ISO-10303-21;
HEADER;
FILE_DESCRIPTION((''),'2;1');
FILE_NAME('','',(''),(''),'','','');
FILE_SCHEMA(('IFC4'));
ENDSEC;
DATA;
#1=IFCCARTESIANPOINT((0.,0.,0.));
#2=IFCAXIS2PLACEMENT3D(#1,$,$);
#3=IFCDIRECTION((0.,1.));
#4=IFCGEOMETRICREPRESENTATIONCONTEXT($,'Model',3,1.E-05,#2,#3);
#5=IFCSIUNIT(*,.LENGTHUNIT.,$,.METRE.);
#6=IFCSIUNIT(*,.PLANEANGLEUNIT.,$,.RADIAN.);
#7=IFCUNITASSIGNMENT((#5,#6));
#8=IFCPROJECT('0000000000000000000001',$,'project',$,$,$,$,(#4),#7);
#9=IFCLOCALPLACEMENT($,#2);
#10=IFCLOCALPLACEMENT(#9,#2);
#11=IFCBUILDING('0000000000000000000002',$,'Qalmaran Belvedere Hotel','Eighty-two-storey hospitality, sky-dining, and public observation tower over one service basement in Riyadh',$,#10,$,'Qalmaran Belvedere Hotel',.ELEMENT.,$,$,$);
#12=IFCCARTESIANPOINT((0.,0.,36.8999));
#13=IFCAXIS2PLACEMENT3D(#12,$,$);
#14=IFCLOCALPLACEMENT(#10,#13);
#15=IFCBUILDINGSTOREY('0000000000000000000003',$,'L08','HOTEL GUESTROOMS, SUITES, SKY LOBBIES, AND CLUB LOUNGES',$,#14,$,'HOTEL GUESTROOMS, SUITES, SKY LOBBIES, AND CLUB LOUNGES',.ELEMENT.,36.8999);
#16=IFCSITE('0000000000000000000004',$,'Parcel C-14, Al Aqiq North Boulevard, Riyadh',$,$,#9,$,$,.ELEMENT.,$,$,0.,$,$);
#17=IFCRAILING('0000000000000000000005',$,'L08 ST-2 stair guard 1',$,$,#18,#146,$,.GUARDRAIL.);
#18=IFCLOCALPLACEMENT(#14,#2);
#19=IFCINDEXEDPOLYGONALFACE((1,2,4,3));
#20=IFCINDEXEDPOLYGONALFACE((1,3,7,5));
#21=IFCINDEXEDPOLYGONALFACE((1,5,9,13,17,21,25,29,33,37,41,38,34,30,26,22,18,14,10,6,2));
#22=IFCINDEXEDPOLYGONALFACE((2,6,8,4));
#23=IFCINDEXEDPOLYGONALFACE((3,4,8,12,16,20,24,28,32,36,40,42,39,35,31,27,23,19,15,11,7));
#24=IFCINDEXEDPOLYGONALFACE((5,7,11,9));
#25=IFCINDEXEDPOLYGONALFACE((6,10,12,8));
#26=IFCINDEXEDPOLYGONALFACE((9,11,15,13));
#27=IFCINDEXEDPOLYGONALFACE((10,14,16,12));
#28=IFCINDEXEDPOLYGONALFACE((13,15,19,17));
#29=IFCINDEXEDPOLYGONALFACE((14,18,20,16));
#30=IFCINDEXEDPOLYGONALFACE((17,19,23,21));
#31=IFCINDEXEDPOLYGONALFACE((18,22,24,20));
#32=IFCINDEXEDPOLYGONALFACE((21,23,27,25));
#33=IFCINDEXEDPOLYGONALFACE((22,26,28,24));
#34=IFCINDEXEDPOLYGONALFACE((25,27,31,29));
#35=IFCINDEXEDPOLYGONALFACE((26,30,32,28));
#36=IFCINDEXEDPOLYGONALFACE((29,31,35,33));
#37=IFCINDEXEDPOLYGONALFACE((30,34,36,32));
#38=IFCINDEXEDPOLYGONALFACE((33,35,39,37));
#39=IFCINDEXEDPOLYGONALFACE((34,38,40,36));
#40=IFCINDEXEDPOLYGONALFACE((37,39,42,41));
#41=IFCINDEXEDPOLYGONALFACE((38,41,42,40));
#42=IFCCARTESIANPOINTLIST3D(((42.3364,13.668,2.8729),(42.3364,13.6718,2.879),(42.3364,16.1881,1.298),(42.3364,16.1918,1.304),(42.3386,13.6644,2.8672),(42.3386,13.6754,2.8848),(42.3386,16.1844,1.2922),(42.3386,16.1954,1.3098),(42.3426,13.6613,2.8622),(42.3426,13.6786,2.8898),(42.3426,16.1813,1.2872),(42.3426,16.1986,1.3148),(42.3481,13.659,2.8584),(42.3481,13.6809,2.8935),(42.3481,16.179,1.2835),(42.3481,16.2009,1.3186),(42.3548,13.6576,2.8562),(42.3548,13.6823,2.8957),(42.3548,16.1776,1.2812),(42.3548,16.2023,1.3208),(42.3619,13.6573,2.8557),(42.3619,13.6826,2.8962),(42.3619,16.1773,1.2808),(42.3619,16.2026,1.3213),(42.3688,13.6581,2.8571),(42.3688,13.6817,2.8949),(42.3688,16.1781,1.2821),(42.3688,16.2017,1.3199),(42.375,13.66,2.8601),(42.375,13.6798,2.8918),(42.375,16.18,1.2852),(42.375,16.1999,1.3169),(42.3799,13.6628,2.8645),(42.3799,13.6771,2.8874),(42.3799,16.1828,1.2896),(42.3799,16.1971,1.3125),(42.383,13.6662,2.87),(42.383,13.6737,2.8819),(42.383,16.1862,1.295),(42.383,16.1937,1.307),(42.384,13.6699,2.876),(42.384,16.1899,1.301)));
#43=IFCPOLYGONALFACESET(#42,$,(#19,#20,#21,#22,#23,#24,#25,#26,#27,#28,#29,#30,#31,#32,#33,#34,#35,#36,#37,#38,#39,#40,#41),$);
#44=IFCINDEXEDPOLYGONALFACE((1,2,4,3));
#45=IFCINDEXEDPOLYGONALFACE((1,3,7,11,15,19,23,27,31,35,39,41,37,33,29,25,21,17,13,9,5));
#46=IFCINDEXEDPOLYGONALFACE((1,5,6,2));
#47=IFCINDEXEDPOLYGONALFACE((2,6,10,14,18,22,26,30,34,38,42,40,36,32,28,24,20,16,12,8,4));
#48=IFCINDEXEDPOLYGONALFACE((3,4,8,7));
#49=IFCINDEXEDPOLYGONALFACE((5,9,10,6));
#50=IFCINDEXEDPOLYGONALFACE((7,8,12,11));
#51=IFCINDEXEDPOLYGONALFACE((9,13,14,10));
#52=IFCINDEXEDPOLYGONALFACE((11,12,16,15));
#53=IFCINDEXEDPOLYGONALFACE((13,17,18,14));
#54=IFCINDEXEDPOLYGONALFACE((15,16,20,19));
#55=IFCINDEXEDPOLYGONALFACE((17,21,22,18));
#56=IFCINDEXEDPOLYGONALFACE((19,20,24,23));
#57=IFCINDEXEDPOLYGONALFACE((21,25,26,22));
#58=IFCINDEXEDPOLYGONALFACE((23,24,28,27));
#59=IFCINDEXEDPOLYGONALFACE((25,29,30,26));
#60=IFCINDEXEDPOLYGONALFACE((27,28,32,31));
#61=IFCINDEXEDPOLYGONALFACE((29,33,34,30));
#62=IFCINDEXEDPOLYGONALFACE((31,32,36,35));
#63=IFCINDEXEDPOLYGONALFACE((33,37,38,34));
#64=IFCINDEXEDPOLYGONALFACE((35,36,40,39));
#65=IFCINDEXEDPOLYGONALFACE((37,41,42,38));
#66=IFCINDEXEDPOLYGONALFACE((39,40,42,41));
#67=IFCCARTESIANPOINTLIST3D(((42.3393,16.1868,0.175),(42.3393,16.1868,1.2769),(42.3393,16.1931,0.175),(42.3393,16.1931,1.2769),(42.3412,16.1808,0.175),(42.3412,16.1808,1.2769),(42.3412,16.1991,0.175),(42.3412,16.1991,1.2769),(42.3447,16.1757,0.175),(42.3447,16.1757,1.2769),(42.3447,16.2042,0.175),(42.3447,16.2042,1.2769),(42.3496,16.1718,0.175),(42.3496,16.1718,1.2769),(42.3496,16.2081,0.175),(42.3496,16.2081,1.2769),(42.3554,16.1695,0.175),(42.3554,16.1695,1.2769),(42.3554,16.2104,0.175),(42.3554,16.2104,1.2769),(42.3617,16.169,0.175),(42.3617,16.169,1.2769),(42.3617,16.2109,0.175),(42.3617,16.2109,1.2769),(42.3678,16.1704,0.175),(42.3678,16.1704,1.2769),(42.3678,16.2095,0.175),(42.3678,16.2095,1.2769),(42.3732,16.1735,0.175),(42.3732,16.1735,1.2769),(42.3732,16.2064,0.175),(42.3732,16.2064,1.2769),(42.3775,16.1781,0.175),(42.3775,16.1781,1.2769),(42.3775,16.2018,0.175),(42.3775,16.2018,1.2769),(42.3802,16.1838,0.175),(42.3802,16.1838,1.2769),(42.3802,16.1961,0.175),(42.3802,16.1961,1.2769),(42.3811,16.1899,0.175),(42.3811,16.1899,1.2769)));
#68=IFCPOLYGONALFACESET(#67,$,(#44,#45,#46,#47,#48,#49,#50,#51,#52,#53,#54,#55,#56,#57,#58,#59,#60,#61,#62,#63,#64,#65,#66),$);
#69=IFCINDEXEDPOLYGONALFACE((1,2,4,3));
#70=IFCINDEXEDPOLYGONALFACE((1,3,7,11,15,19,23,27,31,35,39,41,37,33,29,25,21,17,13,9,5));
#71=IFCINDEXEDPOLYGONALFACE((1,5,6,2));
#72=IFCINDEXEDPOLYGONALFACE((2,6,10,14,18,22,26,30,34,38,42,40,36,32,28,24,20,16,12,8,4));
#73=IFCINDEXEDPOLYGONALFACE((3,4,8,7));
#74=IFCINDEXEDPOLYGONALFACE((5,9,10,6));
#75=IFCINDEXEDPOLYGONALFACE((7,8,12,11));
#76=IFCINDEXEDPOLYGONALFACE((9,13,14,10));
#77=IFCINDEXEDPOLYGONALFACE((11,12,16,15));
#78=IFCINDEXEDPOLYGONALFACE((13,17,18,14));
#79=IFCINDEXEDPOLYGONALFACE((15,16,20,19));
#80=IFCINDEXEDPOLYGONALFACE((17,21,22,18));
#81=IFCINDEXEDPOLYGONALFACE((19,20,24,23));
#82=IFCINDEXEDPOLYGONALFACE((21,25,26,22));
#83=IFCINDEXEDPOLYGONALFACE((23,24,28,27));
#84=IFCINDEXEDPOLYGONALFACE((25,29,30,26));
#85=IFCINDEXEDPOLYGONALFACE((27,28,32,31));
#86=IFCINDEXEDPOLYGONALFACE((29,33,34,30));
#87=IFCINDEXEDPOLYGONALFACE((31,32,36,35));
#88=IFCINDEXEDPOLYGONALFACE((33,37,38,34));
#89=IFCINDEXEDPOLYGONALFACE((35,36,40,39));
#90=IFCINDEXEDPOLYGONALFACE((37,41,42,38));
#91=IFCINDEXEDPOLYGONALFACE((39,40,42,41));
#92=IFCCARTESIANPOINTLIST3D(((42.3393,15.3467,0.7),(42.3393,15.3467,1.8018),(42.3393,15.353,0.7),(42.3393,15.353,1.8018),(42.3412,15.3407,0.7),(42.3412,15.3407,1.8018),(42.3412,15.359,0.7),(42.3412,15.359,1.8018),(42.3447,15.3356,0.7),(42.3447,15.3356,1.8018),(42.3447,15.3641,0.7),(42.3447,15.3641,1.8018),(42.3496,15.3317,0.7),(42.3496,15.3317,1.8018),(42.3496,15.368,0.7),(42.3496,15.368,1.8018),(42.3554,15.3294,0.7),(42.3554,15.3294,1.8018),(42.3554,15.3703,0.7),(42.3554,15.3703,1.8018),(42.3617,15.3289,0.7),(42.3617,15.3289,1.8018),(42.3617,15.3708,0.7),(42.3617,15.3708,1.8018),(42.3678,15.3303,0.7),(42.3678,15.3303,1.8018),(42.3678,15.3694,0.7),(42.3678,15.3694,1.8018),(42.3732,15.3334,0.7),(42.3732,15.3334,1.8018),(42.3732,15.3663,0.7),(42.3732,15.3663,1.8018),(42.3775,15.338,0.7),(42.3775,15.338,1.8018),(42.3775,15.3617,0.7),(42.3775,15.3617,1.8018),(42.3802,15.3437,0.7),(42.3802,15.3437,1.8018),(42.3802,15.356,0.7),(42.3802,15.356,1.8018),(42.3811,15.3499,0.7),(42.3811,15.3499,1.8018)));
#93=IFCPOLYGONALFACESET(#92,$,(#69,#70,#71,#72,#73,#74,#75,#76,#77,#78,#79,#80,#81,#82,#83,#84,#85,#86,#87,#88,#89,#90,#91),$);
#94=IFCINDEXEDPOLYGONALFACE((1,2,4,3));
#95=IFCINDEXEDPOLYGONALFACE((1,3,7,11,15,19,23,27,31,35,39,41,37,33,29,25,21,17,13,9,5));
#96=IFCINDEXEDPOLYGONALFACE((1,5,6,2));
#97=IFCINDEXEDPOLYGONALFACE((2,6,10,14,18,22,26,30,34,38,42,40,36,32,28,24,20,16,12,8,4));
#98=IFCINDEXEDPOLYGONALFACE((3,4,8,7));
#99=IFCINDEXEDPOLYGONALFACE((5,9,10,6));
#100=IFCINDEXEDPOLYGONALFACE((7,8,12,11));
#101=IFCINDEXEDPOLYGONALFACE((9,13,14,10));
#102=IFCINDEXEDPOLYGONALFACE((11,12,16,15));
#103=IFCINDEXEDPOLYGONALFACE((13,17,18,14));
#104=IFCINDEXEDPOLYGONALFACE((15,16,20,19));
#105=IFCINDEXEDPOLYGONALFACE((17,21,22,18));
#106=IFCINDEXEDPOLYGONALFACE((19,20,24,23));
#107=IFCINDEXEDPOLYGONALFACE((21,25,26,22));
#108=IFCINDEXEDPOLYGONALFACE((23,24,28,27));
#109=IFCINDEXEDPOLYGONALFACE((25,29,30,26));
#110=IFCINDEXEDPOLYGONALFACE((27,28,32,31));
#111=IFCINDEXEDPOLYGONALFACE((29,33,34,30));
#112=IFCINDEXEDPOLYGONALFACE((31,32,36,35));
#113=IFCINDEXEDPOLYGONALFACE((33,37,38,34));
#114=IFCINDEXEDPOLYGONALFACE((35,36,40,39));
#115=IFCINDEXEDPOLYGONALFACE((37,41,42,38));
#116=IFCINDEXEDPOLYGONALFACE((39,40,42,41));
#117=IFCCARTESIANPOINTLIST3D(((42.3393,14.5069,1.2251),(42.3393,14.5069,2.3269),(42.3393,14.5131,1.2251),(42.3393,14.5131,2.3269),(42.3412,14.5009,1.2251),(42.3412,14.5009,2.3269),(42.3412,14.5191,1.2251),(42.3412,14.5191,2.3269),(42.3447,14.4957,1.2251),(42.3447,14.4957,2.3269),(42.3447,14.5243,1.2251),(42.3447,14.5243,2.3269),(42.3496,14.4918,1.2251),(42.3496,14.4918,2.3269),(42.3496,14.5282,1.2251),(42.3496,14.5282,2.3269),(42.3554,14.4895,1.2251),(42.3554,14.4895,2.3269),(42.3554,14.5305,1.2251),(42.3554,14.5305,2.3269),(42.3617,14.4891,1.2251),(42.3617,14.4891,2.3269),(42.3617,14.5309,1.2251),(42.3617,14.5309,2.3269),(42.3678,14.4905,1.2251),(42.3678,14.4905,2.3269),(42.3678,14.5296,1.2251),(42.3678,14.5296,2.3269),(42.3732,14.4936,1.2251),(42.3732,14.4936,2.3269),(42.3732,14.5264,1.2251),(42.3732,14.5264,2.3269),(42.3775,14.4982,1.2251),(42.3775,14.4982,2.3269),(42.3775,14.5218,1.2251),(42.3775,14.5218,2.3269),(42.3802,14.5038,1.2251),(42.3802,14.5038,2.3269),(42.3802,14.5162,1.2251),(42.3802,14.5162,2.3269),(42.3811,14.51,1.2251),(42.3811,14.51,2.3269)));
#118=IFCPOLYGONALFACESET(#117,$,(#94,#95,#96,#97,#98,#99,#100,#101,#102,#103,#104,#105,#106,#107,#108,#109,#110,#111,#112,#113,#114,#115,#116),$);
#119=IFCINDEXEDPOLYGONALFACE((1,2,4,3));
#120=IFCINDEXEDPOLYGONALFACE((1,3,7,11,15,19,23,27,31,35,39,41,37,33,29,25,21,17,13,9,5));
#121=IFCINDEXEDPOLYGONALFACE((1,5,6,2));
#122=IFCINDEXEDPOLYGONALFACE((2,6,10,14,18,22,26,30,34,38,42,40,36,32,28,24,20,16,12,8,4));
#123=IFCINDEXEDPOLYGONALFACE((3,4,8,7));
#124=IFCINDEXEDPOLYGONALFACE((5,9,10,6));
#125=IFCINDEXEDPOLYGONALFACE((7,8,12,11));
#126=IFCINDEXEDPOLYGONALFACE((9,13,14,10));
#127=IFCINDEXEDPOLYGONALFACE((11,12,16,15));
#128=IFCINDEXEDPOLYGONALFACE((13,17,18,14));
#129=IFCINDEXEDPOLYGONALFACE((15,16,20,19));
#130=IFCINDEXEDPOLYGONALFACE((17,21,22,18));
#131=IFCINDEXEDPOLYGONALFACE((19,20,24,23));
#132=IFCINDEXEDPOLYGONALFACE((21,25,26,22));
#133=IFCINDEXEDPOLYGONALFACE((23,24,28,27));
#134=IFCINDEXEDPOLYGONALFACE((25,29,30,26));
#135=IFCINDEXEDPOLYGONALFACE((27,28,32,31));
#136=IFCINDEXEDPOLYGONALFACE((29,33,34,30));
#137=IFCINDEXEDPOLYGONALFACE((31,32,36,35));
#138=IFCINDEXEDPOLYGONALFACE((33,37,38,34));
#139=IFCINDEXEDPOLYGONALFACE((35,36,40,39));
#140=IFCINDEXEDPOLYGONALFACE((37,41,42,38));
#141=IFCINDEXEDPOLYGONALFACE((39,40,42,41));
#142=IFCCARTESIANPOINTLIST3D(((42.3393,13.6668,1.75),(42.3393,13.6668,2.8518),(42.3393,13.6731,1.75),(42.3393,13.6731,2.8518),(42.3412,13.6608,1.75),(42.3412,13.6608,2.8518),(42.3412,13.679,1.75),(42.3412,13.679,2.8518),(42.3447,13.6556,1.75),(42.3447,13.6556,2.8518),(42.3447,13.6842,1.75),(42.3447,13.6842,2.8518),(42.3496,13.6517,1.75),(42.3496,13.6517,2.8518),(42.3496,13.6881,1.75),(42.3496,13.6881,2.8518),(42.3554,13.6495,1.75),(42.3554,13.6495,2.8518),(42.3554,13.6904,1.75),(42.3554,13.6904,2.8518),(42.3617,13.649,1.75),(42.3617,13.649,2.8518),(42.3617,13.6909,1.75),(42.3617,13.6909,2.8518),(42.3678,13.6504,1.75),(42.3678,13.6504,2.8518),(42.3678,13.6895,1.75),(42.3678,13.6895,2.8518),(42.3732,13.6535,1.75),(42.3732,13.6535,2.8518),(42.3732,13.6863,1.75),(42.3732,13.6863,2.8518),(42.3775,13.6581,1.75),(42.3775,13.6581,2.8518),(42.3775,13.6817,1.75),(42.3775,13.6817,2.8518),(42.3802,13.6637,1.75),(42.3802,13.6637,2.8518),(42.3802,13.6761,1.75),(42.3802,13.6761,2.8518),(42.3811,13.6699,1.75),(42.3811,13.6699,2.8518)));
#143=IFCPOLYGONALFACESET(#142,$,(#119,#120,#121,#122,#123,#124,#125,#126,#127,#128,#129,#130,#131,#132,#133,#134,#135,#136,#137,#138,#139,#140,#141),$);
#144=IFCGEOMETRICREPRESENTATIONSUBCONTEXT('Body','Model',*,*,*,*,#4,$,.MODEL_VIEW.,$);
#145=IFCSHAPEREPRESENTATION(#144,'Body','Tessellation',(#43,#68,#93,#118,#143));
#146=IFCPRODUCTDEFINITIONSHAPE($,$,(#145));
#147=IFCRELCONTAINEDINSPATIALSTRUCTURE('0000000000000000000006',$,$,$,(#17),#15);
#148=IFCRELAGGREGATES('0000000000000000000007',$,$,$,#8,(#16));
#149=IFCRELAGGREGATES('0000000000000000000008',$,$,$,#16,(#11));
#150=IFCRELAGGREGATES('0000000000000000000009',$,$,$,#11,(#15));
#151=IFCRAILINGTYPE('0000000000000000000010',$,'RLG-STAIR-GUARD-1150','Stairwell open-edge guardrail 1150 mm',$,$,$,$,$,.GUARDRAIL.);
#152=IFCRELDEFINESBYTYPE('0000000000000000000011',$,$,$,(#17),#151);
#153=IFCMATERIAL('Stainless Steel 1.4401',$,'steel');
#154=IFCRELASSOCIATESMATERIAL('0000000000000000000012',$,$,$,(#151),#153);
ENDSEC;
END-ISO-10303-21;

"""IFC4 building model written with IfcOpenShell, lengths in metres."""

from ifc_helpers import new_model, si_unit, direction, frame, origin, origin_2d, place, context, subcontext, project, spatial, circle, extrude, material, type_object, element, save


model = new_model("IFC4")

# Units and contexts
model_context = context("Model", 3, precision=1e-05, world=origin(), true_north=direction((0.0, 1.0)))
body_context = subcontext(model_context, "Body", "Model", "MODEL_VIEW")
ifc_project = project(units=[si_unit("LENGTHUNIT", "METRE"), si_unit("PLANEANGLEUNIT", "RADIAN")], contexts=[model_context])

# Site, building, storey
site_placement = place(None, origin())
site = spatial("IfcSite", under=ifc_project, at=site_placement, Name="Parcel C-14, Al Aqiq North Boulevard, Riyadh", CompositionType="ELEMENT", RefElevation=0.0)
building_placement = place(site_placement, origin())
building = spatial("IfcBuilding", under=site, at=building_placement, Name="Qalmaran Belvedere Hotel", Description="Eighty-two-storey hospitality, sky-dining, and public observation tower over one service basement in Riyadh", LongName="Qalmaran Belvedere Hotel", CompositionType="ELEMENT")
storey_placement = place(building_placement, frame((0.0, 0.0, 36.8999)))
storey = spatial("IfcBuildingStorey", under=building, at=storey_placement, Name="L08", Description="HOTEL GUESTROOMS, SUITES, SKY LOBBIES, AND CLUB LOUNGES", LongName="HOTEL GUESTROOMS, SUITES, SKY LOBBIES, AND CLUB LOUNGES", CompositionType="ELEMENT", Elevation=36.8999)

# Shared definitions
ifc_material_1 = material(Name="Stainless Steel 1.4401", Category="steel")

# Railing
railing_type_1 = type_object("IfcRailingType", Name="RLG-STAIR-GUARD-1150", Description="Stairwell open-edge guardrail 1150 mm", PredefinedType="GUARDRAIL", material=ifc_material_1)
railing_1_placement = place(storey_placement, frame((42.3601, 16.1899, 0.175)))
element("IfcRailing", 1, at=railing_1_placement, inside=storey, type_object=railing_type_1, Name="L08 ST-2 stair guard 1", PredefinedType="GUARDRAIL", context=body_context, shape_type="SweptSolid", body=[
    extrude(circle(Radius=0.0239, at=origin_2d()), frame((0.0, 0.0, 1.126), z_axis=(0.0, -0.848008, 0.529984), x_axis=(1.0, 0.0, 0.0)), (0.0, 0.0, 1.0), 2.9717),
    extrude(circle(Radius=0.021, at=origin_2d()), origin(), (0.0, 0.0, 1.0), 1.1018),
    extrude(circle(Radius=0.021, at=origin_2d()), frame((0.0, -0.8401, 0.5249)), (0.0, 0.0, 1.0), 1.1018),
    extrude(circle(Radius=0.021, at=origin_2d()), frame((0.0, -1.6799, 1.05)), (0.0, 0.0, 1.0), 1.1018),
    extrude(circle(Radius=0.021, at=origin_2d()), frame((0.0, -2.52, 1.575)), (0.0, 0.0, 1.0), 1.1018),
])

save(model, "model.ifc")
